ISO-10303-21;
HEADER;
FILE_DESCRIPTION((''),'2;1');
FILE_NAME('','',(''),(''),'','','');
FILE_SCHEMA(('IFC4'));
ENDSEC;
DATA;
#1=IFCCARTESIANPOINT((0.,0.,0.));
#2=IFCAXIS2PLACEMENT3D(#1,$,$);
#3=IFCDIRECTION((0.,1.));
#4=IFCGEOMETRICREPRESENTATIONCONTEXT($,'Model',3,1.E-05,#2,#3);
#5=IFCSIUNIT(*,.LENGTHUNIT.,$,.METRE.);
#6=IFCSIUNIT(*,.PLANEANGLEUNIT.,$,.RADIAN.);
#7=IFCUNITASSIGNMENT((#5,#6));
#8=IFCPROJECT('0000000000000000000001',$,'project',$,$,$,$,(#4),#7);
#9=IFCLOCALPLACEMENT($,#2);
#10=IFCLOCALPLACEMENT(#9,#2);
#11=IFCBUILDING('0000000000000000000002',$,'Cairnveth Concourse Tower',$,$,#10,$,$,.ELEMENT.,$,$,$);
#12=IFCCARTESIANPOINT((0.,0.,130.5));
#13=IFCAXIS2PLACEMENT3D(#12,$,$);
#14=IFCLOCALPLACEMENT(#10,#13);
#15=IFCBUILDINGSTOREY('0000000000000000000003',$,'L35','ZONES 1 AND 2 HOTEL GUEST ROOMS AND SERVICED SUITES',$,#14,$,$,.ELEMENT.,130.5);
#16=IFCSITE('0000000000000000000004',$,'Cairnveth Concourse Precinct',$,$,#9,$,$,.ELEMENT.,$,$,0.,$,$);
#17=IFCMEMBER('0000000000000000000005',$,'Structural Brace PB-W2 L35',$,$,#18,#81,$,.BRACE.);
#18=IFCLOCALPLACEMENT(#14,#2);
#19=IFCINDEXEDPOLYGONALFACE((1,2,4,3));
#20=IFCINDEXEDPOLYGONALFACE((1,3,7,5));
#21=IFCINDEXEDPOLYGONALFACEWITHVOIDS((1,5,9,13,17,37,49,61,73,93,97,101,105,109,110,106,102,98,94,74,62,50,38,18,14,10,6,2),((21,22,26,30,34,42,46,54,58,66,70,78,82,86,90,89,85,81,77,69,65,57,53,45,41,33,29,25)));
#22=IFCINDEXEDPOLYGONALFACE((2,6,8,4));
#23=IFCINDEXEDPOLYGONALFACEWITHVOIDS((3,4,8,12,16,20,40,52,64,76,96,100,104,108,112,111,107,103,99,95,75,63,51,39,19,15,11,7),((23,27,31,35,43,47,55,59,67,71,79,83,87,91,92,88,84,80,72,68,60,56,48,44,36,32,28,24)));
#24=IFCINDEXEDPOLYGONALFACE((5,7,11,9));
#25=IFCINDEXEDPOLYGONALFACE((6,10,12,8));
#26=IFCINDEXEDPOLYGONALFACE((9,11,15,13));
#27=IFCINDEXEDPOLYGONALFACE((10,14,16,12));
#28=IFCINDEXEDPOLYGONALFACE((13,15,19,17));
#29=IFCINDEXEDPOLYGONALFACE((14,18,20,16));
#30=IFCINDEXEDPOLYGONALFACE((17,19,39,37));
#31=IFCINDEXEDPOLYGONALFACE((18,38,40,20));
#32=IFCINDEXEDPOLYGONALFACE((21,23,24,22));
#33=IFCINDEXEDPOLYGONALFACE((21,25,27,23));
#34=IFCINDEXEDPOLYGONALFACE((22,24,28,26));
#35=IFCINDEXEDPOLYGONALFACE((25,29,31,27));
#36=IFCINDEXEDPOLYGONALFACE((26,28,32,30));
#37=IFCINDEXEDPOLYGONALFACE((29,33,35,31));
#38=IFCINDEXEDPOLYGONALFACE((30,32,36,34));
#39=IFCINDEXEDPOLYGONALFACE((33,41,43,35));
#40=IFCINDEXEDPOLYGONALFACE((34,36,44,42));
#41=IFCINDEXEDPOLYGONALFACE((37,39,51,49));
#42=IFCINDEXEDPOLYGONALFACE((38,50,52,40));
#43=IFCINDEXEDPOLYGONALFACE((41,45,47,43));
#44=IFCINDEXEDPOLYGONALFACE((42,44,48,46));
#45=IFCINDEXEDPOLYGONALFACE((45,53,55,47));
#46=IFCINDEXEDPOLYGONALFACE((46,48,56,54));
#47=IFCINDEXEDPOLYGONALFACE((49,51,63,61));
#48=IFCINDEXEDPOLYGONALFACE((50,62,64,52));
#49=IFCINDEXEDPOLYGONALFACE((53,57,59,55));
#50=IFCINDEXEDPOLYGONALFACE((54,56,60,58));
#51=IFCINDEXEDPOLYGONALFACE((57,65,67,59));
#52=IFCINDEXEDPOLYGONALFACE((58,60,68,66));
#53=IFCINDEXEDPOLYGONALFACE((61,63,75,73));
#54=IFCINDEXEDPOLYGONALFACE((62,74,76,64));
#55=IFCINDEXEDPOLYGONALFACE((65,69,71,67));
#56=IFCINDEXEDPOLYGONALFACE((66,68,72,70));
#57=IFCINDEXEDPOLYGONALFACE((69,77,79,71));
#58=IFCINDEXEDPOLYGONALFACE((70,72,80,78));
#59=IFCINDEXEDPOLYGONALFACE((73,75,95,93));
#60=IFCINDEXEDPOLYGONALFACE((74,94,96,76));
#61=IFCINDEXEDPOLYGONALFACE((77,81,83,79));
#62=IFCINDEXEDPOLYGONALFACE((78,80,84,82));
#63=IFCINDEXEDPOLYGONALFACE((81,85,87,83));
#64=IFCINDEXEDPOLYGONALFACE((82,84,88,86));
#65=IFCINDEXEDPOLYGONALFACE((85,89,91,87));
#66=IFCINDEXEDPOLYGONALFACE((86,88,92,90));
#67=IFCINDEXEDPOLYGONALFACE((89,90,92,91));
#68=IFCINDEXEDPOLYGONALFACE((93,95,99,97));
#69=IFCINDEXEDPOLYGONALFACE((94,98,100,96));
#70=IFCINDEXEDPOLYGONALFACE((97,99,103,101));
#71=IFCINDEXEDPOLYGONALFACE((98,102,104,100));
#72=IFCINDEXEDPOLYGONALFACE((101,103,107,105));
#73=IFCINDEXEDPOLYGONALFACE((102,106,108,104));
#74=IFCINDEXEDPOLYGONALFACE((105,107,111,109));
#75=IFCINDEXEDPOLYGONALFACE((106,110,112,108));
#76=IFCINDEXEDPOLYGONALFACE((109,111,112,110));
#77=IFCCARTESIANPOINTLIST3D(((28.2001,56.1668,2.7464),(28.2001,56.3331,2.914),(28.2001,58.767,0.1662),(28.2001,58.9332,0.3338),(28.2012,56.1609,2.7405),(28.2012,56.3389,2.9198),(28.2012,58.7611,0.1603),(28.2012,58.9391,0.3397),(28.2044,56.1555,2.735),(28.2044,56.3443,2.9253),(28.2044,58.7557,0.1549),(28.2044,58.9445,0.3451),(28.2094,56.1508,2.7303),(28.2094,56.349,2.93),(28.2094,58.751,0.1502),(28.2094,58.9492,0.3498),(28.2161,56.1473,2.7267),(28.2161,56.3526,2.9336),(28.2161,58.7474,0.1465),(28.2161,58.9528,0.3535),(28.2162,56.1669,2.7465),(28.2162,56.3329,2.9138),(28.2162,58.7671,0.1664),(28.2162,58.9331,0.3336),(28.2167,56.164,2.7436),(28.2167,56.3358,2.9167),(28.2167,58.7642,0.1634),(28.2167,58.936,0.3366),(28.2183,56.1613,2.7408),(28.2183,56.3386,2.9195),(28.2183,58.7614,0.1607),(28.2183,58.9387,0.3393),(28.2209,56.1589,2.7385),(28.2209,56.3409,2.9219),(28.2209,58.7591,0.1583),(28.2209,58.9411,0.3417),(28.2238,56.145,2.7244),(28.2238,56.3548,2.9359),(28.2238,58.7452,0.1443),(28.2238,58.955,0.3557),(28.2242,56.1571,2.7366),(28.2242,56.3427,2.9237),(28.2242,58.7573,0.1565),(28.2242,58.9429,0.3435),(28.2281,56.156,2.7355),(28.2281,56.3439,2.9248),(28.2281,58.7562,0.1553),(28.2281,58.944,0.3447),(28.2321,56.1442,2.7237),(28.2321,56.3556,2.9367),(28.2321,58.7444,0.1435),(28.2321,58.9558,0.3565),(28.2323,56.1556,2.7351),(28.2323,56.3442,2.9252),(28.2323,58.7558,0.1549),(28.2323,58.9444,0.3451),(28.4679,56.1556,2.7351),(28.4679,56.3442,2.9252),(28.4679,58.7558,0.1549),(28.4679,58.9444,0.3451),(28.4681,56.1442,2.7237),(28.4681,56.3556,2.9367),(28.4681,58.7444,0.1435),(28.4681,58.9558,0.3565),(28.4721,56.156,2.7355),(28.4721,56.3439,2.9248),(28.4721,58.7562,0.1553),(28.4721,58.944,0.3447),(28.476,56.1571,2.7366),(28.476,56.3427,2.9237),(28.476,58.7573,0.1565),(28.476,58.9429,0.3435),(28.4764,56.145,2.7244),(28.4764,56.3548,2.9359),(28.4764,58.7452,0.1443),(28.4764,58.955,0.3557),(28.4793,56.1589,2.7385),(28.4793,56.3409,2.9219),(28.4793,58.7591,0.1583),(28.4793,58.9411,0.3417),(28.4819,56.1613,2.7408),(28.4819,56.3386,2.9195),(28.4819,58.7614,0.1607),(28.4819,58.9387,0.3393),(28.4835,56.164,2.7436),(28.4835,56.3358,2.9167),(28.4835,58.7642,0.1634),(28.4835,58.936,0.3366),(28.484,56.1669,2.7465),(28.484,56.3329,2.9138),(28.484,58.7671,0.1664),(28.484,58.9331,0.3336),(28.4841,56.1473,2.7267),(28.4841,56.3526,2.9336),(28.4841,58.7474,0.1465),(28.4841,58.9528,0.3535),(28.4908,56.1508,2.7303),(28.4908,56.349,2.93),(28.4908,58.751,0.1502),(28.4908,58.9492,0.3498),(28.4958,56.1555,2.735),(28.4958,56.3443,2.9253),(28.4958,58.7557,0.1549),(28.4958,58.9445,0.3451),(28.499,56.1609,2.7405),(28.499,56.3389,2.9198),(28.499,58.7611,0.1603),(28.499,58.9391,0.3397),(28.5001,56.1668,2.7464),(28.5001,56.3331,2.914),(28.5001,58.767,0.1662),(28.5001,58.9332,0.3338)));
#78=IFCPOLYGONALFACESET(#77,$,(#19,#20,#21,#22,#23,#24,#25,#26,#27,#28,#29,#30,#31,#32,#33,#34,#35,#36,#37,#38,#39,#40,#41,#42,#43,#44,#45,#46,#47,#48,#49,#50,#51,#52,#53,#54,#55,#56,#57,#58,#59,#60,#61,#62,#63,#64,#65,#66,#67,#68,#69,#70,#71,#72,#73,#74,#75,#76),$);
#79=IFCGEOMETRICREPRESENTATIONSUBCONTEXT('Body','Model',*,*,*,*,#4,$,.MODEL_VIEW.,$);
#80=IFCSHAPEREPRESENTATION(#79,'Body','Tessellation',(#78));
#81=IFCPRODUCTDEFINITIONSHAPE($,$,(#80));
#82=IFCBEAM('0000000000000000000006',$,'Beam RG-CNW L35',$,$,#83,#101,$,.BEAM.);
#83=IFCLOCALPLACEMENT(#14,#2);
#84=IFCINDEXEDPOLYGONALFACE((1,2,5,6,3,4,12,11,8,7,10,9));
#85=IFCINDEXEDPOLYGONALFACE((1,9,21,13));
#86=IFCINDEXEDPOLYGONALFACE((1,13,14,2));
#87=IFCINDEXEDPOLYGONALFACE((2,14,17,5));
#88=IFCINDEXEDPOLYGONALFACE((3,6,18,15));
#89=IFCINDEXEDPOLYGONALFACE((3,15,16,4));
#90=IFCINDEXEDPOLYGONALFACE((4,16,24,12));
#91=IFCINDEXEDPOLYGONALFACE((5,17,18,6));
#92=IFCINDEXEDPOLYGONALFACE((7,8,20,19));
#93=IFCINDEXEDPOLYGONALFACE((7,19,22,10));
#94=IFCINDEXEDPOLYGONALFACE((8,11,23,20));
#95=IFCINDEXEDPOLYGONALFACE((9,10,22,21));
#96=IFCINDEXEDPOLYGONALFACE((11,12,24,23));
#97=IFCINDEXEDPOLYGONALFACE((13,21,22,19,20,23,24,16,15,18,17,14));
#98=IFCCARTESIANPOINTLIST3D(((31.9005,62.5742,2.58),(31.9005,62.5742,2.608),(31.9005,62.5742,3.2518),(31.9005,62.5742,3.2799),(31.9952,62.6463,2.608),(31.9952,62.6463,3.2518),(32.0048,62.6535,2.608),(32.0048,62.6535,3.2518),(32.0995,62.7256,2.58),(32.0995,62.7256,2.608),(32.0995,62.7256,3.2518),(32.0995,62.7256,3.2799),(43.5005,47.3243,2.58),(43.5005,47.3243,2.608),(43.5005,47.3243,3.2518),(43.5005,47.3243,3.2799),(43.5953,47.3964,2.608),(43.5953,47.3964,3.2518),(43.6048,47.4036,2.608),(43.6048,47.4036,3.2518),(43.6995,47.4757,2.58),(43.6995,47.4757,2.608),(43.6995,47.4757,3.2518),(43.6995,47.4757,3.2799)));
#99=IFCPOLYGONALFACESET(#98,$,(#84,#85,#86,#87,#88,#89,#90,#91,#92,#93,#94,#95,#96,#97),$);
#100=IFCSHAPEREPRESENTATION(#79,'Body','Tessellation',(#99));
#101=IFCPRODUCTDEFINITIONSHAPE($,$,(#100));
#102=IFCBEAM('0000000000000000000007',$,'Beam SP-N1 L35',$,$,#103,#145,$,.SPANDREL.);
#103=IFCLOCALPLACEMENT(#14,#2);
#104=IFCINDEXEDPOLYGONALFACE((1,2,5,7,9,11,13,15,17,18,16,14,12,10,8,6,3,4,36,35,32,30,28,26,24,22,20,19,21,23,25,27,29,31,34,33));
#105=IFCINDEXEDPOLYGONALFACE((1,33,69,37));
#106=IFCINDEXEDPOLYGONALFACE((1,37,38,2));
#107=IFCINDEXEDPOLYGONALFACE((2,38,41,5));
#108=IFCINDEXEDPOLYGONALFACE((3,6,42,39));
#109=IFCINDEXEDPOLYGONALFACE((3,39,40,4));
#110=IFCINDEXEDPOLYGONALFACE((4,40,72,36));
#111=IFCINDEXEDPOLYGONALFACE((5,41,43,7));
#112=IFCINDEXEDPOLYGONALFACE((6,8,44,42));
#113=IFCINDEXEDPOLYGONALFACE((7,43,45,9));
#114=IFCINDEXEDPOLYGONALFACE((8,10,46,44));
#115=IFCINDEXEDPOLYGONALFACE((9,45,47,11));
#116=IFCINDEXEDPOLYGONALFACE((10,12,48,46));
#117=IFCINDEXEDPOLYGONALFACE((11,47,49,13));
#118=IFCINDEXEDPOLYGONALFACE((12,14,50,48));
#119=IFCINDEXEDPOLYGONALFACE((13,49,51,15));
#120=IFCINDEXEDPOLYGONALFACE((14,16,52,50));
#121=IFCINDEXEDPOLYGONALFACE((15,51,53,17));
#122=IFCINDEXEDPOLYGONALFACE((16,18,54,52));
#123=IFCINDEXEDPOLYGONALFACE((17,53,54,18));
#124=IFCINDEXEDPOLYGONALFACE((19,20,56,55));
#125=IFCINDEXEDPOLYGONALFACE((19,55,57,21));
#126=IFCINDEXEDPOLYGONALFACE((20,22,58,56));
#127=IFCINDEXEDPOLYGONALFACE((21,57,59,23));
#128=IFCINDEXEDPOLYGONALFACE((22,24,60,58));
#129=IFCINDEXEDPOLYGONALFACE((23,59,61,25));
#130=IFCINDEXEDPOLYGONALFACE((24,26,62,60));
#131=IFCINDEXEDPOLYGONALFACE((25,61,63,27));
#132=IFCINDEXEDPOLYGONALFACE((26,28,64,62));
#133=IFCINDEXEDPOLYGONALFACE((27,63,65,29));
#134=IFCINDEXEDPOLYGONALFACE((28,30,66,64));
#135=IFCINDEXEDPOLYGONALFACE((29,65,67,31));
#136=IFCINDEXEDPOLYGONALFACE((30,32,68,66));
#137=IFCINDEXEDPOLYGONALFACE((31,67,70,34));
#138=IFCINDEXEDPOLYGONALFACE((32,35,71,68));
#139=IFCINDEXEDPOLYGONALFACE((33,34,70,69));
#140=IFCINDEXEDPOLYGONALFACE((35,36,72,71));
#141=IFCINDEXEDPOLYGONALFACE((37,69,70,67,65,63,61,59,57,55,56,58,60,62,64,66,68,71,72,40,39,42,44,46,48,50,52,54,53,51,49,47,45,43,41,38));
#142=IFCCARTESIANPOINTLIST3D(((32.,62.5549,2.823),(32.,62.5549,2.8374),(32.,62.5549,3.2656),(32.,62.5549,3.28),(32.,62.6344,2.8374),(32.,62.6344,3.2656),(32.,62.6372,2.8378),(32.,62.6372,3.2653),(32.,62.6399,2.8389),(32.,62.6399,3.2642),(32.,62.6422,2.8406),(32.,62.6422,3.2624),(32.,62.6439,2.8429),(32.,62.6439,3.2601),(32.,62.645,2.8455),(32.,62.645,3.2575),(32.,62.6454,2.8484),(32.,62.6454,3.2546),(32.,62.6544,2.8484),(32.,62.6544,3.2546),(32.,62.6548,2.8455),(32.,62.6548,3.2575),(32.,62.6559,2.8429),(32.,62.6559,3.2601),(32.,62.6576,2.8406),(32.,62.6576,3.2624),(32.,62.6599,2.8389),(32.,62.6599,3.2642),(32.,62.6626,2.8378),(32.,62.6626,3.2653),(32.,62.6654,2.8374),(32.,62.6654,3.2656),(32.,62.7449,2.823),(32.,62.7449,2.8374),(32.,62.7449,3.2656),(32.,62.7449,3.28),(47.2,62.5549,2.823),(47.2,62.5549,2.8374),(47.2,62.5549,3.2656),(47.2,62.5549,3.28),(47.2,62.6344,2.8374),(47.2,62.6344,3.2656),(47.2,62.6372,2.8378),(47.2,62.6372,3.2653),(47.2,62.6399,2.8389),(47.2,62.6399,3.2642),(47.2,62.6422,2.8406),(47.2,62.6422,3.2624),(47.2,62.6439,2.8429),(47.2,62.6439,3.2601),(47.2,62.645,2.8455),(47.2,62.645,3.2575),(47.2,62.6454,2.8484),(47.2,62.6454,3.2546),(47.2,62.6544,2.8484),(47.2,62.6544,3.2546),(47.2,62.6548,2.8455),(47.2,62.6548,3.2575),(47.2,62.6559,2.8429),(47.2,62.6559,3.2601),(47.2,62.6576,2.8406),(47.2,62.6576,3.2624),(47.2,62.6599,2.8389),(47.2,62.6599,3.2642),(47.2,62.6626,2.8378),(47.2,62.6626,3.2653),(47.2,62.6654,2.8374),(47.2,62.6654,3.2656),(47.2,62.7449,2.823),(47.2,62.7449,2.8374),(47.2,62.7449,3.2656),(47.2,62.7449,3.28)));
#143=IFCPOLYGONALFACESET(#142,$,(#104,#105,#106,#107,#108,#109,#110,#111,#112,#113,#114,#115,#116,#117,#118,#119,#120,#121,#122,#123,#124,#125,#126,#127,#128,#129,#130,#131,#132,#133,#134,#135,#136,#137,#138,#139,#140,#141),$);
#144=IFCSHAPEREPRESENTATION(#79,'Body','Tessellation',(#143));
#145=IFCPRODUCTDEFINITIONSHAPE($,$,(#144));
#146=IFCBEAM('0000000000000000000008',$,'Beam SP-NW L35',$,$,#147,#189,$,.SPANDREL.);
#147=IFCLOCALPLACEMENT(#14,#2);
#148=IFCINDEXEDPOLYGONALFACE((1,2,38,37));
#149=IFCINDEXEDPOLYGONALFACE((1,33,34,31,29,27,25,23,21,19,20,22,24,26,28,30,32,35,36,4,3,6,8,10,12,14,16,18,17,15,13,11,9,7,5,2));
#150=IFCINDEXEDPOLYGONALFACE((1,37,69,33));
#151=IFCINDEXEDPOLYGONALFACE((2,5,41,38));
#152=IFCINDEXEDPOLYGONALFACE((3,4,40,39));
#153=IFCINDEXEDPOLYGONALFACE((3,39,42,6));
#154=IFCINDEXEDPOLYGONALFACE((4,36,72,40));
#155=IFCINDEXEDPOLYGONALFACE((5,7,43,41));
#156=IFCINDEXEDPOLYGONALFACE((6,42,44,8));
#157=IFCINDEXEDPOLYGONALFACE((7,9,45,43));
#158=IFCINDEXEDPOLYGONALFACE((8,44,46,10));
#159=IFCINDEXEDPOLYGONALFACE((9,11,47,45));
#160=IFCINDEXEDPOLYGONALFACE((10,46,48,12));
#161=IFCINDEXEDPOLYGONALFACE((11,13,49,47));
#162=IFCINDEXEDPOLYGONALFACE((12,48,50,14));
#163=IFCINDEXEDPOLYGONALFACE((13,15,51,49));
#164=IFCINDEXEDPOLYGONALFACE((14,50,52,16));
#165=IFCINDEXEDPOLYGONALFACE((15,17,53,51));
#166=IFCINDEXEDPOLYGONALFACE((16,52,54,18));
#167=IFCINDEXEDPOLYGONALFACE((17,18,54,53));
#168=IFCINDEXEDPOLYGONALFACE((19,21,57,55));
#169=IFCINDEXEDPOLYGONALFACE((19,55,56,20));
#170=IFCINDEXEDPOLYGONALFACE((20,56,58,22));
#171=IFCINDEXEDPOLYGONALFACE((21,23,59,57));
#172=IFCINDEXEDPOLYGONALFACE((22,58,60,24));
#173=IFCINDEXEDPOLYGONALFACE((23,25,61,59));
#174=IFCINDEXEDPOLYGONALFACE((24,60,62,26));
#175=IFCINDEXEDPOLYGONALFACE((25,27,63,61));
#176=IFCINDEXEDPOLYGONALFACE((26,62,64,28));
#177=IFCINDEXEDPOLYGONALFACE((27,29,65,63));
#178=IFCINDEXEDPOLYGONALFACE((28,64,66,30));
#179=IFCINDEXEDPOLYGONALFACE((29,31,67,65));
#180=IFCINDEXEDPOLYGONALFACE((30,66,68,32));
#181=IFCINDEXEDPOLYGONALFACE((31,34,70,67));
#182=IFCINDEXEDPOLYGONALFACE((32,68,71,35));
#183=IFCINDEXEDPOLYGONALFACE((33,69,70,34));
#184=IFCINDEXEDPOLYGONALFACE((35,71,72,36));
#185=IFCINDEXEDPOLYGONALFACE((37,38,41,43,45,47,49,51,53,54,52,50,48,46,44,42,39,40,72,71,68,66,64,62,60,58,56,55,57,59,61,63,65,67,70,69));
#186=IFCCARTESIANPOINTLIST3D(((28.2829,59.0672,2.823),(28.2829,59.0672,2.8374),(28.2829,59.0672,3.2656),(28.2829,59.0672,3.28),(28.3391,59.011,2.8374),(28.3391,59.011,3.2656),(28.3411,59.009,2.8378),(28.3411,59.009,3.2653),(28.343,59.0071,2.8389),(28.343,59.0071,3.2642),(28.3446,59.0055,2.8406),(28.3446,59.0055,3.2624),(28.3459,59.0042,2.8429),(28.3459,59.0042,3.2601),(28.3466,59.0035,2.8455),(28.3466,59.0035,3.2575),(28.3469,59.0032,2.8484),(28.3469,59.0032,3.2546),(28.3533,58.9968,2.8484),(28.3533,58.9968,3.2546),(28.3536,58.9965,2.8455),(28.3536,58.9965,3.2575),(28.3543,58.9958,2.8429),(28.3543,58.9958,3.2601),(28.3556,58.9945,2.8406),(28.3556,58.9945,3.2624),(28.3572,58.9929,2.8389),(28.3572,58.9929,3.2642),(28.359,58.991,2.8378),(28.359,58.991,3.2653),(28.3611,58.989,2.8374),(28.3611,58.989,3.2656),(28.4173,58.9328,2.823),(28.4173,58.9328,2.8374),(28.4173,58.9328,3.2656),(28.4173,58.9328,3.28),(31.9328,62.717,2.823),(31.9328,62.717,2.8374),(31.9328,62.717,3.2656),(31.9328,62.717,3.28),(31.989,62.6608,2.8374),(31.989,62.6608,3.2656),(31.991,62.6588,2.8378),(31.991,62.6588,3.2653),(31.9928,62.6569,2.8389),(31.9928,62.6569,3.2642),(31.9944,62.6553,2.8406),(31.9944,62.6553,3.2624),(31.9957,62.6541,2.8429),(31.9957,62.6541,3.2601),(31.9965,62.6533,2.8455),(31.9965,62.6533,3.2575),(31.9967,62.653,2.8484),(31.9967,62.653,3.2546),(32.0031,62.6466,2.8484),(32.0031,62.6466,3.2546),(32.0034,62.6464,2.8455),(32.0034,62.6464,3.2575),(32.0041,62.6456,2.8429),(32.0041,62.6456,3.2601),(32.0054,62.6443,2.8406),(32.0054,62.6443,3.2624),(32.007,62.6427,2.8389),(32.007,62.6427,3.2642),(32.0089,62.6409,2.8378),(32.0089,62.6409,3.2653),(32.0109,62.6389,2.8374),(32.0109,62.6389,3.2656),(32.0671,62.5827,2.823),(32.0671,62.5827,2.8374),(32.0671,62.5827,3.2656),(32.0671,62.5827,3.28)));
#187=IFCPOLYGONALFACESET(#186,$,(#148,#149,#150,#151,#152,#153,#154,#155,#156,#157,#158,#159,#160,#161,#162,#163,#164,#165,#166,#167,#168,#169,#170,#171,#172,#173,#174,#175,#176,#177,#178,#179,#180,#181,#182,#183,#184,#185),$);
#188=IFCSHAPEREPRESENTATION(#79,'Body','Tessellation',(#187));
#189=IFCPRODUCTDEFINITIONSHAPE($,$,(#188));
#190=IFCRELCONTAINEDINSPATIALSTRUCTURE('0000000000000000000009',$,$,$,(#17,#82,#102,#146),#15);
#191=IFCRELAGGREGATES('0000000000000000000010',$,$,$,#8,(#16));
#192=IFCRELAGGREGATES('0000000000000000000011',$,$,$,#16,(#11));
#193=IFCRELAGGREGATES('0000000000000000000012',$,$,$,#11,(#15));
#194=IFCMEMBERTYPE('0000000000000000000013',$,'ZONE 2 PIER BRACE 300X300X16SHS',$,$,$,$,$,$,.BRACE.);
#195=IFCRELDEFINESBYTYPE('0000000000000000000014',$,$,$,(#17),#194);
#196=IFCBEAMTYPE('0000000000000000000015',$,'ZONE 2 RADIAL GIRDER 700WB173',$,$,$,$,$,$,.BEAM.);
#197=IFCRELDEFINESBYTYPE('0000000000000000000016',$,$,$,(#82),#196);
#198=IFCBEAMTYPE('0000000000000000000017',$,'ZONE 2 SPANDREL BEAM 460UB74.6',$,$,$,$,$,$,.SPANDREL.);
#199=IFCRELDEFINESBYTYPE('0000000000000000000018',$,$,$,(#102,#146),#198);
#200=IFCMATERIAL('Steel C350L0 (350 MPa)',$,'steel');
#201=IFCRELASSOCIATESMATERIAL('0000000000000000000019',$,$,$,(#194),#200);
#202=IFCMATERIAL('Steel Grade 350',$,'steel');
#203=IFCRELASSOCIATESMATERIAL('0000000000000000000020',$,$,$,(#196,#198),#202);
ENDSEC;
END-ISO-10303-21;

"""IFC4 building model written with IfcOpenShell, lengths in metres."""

from ifc_helpers import new_model, si_unit, direction, frame, origin, origin_2d, place, context, subcontext, project, spatial, hollow_rectangle, i_section, extrude, material, material_profile, profile_set, type_object, element, save


model = new_model("IFC4")

# Units and contexts
model_context = context("Model", 3, precision=1e-05, world=origin(), true_north=direction((0.0, 1.0)))
body_context = subcontext(model_context, "Body", "Model", "MODEL_VIEW")
ifc_project = project(units=[si_unit("LENGTHUNIT", "METRE"), si_unit("PLANEANGLEUNIT", "RADIAN")], contexts=[model_context])

# Site, building, storey
site_placement = place(None, origin())
site = spatial("IfcSite", under=ifc_project, at=site_placement, Name="Cairnveth Concourse Precinct", CompositionType="ELEMENT", RefElevation=0.0)
building_placement = place(site_placement, origin())
building = spatial("IfcBuilding", under=site, at=building_placement, Name="Cairnveth Concourse Tower", CompositionType="ELEMENT")
storey_placement = place(building_placement, frame((0.0, 0.0, 130.5)))
storey = spatial("IfcBuildingStorey", under=building, at=storey_placement, Name="L35", Description="ZONES 1 AND 2 HOTEL GUEST ROOMS AND SERVICED SUITES", CompositionType="ELEMENT", Elevation=130.5)

# Shared definitions
ifc_material_1 = material(Name="Steel Grade 350", Category="steel")

# Member
ifc_material_2 = material(Name="Steel C350L0 (350 MPa)", Category="steel")
ifc_material_profile_1 = material_profile(ifc_material_2, hollow_rectangle(XDim=0.3, YDim=0.3, WallThickness=0.0161, InnerFilletRadius=0.0161, OuterFilletRadius=0.032, at=origin_2d()), Name="300x300x16.0SHS")
ifc_profile_set_1 = profile_set([ifc_material_profile_1], Name="Steel C350L0 (350 MPa)")
member_type = type_object("IfcMemberType", Name="ZONE 2 PIER BRACE 300X300X16SHS", PredefinedType="BRACE", material=ifc_profile_set_1)
for number, where, z_axis, x_axis, name in (
    (1, (28.3501, 58.8501, 0.25), (0.0, -0.709834, 0.704369), (1.0, 0.0, 0.0), "Structural Brace PB-W2 L35"),
):
    element("IfcMember", number, at=place(storey_placement, frame(where, z_axis=z_axis, x_axis=x_axis)), inside=storey, type_object=member_type, Name=name, PredefinedType="BRACE", context=body_context, shape_type="SweptSolid", body=[
        extrude(hollow_rectangle(XDim=0.3, YDim=0.3, WallThickness=0.0161, InnerFilletRadius=0.0161, OuterFilletRadius=0.032, at=origin_2d()), origin(), (0.0, 0.0, 1.0), 3.6631),
    ])

# Beams
ifc_material_profile_2 = material_profile(ifc_material_1, i_section(OverallWidth=0.25, OverallDepth=0.7, WebThickness=0.012, FlangeThickness=0.0281, at=origin_2d()), Name="700WB173")
ifc_profile_set_2 = profile_set([ifc_material_profile_2], Name="Steel Grade 350")
beam_type_1 = type_object("IfcBeamType", Name="ZONE 2 RADIAL GIRDER 700WB173", PredefinedType="BEAM", material=ifc_profile_set_2)
beam_1_placement = place(storey_placement, frame((32.0, 62.6499, 2.9299), z_axis=(0.605417, -0.795908, 0.0), x_axis=(0.795908, 0.605417, 0.0)))
element("IfcBeam", 2, at=beam_1_placement, inside=storey, type_object=beam_type_1, Name="Beam RG-CNW L35", PredefinedType="BEAM", context=body_context, shape_type="SweptSolid", body=[
    extrude(i_section(OverallWidth=0.25, OverallDepth=0.7, WebThickness=0.012, FlangeThickness=0.0281, at=origin_2d()), origin(), (0.0, 0.0, 1.0), 19.1604),
])
ifc_material_profile_3 = material_profile(ifc_material_1, i_section(OverallWidth=0.1899, OverallDepth=0.457, WebThickness=0.009, FlangeThickness=0.0144, FilletRadius=0.011, at=origin_2d()), Name="460UB74.6")
ifc_profile_set_3 = profile_set([ifc_material_profile_3], Name="Steel Grade 350")
beam_type_2 = type_object("IfcBeamType", Name="ZONE 2 SPANDREL BEAM 460UB74.6", PredefinedType="SPANDREL", material=ifc_profile_set_3)
beam_2_placement = place(storey_placement, frame((32.0, 62.6499, 3.0515), z_axis=(1.0, 0.0, 0.0), x_axis=(0.0, 1.0, 0.0)))
element("IfcBeam", 3, at=beam_2_placement, inside=storey, type_object=beam_type_2, Name="Beam SP-N1 L35", PredefinedType="SPANDREL", context=body_context, shape_type="SweptSolid", body=[
    extrude(i_section(OverallWidth=0.1899, OverallDepth=0.457, WebThickness=0.009, FlangeThickness=0.0144, FilletRadius=0.011, at=origin_2d()), origin(), (0.0, 0.0, 1.0), 15.2),
])
beam_3_placement = place(storey_placement, frame((28.3501, 59.0, 3.0515), z_axis=(0.707107, 0.707107, 0.0), x_axis=(-0.707107, 0.707107, 0.0)))
element("IfcBeam", 4, at=beam_3_placement, inside=storey, type_object=beam_type_2, Name="Beam SP-NW L35", PredefinedType="SPANDREL", context=body_context, shape_type="SweptSolid", body=[
    extrude(i_section(OverallWidth=0.1899, OverallDepth=0.457, WebThickness=0.009, FlangeThickness=0.0144, FilletRadius=0.011, at=origin_2d()), origin(), (0.0, 0.0, 1.0), 5.1616),
])

save(model, "model.ifc")
